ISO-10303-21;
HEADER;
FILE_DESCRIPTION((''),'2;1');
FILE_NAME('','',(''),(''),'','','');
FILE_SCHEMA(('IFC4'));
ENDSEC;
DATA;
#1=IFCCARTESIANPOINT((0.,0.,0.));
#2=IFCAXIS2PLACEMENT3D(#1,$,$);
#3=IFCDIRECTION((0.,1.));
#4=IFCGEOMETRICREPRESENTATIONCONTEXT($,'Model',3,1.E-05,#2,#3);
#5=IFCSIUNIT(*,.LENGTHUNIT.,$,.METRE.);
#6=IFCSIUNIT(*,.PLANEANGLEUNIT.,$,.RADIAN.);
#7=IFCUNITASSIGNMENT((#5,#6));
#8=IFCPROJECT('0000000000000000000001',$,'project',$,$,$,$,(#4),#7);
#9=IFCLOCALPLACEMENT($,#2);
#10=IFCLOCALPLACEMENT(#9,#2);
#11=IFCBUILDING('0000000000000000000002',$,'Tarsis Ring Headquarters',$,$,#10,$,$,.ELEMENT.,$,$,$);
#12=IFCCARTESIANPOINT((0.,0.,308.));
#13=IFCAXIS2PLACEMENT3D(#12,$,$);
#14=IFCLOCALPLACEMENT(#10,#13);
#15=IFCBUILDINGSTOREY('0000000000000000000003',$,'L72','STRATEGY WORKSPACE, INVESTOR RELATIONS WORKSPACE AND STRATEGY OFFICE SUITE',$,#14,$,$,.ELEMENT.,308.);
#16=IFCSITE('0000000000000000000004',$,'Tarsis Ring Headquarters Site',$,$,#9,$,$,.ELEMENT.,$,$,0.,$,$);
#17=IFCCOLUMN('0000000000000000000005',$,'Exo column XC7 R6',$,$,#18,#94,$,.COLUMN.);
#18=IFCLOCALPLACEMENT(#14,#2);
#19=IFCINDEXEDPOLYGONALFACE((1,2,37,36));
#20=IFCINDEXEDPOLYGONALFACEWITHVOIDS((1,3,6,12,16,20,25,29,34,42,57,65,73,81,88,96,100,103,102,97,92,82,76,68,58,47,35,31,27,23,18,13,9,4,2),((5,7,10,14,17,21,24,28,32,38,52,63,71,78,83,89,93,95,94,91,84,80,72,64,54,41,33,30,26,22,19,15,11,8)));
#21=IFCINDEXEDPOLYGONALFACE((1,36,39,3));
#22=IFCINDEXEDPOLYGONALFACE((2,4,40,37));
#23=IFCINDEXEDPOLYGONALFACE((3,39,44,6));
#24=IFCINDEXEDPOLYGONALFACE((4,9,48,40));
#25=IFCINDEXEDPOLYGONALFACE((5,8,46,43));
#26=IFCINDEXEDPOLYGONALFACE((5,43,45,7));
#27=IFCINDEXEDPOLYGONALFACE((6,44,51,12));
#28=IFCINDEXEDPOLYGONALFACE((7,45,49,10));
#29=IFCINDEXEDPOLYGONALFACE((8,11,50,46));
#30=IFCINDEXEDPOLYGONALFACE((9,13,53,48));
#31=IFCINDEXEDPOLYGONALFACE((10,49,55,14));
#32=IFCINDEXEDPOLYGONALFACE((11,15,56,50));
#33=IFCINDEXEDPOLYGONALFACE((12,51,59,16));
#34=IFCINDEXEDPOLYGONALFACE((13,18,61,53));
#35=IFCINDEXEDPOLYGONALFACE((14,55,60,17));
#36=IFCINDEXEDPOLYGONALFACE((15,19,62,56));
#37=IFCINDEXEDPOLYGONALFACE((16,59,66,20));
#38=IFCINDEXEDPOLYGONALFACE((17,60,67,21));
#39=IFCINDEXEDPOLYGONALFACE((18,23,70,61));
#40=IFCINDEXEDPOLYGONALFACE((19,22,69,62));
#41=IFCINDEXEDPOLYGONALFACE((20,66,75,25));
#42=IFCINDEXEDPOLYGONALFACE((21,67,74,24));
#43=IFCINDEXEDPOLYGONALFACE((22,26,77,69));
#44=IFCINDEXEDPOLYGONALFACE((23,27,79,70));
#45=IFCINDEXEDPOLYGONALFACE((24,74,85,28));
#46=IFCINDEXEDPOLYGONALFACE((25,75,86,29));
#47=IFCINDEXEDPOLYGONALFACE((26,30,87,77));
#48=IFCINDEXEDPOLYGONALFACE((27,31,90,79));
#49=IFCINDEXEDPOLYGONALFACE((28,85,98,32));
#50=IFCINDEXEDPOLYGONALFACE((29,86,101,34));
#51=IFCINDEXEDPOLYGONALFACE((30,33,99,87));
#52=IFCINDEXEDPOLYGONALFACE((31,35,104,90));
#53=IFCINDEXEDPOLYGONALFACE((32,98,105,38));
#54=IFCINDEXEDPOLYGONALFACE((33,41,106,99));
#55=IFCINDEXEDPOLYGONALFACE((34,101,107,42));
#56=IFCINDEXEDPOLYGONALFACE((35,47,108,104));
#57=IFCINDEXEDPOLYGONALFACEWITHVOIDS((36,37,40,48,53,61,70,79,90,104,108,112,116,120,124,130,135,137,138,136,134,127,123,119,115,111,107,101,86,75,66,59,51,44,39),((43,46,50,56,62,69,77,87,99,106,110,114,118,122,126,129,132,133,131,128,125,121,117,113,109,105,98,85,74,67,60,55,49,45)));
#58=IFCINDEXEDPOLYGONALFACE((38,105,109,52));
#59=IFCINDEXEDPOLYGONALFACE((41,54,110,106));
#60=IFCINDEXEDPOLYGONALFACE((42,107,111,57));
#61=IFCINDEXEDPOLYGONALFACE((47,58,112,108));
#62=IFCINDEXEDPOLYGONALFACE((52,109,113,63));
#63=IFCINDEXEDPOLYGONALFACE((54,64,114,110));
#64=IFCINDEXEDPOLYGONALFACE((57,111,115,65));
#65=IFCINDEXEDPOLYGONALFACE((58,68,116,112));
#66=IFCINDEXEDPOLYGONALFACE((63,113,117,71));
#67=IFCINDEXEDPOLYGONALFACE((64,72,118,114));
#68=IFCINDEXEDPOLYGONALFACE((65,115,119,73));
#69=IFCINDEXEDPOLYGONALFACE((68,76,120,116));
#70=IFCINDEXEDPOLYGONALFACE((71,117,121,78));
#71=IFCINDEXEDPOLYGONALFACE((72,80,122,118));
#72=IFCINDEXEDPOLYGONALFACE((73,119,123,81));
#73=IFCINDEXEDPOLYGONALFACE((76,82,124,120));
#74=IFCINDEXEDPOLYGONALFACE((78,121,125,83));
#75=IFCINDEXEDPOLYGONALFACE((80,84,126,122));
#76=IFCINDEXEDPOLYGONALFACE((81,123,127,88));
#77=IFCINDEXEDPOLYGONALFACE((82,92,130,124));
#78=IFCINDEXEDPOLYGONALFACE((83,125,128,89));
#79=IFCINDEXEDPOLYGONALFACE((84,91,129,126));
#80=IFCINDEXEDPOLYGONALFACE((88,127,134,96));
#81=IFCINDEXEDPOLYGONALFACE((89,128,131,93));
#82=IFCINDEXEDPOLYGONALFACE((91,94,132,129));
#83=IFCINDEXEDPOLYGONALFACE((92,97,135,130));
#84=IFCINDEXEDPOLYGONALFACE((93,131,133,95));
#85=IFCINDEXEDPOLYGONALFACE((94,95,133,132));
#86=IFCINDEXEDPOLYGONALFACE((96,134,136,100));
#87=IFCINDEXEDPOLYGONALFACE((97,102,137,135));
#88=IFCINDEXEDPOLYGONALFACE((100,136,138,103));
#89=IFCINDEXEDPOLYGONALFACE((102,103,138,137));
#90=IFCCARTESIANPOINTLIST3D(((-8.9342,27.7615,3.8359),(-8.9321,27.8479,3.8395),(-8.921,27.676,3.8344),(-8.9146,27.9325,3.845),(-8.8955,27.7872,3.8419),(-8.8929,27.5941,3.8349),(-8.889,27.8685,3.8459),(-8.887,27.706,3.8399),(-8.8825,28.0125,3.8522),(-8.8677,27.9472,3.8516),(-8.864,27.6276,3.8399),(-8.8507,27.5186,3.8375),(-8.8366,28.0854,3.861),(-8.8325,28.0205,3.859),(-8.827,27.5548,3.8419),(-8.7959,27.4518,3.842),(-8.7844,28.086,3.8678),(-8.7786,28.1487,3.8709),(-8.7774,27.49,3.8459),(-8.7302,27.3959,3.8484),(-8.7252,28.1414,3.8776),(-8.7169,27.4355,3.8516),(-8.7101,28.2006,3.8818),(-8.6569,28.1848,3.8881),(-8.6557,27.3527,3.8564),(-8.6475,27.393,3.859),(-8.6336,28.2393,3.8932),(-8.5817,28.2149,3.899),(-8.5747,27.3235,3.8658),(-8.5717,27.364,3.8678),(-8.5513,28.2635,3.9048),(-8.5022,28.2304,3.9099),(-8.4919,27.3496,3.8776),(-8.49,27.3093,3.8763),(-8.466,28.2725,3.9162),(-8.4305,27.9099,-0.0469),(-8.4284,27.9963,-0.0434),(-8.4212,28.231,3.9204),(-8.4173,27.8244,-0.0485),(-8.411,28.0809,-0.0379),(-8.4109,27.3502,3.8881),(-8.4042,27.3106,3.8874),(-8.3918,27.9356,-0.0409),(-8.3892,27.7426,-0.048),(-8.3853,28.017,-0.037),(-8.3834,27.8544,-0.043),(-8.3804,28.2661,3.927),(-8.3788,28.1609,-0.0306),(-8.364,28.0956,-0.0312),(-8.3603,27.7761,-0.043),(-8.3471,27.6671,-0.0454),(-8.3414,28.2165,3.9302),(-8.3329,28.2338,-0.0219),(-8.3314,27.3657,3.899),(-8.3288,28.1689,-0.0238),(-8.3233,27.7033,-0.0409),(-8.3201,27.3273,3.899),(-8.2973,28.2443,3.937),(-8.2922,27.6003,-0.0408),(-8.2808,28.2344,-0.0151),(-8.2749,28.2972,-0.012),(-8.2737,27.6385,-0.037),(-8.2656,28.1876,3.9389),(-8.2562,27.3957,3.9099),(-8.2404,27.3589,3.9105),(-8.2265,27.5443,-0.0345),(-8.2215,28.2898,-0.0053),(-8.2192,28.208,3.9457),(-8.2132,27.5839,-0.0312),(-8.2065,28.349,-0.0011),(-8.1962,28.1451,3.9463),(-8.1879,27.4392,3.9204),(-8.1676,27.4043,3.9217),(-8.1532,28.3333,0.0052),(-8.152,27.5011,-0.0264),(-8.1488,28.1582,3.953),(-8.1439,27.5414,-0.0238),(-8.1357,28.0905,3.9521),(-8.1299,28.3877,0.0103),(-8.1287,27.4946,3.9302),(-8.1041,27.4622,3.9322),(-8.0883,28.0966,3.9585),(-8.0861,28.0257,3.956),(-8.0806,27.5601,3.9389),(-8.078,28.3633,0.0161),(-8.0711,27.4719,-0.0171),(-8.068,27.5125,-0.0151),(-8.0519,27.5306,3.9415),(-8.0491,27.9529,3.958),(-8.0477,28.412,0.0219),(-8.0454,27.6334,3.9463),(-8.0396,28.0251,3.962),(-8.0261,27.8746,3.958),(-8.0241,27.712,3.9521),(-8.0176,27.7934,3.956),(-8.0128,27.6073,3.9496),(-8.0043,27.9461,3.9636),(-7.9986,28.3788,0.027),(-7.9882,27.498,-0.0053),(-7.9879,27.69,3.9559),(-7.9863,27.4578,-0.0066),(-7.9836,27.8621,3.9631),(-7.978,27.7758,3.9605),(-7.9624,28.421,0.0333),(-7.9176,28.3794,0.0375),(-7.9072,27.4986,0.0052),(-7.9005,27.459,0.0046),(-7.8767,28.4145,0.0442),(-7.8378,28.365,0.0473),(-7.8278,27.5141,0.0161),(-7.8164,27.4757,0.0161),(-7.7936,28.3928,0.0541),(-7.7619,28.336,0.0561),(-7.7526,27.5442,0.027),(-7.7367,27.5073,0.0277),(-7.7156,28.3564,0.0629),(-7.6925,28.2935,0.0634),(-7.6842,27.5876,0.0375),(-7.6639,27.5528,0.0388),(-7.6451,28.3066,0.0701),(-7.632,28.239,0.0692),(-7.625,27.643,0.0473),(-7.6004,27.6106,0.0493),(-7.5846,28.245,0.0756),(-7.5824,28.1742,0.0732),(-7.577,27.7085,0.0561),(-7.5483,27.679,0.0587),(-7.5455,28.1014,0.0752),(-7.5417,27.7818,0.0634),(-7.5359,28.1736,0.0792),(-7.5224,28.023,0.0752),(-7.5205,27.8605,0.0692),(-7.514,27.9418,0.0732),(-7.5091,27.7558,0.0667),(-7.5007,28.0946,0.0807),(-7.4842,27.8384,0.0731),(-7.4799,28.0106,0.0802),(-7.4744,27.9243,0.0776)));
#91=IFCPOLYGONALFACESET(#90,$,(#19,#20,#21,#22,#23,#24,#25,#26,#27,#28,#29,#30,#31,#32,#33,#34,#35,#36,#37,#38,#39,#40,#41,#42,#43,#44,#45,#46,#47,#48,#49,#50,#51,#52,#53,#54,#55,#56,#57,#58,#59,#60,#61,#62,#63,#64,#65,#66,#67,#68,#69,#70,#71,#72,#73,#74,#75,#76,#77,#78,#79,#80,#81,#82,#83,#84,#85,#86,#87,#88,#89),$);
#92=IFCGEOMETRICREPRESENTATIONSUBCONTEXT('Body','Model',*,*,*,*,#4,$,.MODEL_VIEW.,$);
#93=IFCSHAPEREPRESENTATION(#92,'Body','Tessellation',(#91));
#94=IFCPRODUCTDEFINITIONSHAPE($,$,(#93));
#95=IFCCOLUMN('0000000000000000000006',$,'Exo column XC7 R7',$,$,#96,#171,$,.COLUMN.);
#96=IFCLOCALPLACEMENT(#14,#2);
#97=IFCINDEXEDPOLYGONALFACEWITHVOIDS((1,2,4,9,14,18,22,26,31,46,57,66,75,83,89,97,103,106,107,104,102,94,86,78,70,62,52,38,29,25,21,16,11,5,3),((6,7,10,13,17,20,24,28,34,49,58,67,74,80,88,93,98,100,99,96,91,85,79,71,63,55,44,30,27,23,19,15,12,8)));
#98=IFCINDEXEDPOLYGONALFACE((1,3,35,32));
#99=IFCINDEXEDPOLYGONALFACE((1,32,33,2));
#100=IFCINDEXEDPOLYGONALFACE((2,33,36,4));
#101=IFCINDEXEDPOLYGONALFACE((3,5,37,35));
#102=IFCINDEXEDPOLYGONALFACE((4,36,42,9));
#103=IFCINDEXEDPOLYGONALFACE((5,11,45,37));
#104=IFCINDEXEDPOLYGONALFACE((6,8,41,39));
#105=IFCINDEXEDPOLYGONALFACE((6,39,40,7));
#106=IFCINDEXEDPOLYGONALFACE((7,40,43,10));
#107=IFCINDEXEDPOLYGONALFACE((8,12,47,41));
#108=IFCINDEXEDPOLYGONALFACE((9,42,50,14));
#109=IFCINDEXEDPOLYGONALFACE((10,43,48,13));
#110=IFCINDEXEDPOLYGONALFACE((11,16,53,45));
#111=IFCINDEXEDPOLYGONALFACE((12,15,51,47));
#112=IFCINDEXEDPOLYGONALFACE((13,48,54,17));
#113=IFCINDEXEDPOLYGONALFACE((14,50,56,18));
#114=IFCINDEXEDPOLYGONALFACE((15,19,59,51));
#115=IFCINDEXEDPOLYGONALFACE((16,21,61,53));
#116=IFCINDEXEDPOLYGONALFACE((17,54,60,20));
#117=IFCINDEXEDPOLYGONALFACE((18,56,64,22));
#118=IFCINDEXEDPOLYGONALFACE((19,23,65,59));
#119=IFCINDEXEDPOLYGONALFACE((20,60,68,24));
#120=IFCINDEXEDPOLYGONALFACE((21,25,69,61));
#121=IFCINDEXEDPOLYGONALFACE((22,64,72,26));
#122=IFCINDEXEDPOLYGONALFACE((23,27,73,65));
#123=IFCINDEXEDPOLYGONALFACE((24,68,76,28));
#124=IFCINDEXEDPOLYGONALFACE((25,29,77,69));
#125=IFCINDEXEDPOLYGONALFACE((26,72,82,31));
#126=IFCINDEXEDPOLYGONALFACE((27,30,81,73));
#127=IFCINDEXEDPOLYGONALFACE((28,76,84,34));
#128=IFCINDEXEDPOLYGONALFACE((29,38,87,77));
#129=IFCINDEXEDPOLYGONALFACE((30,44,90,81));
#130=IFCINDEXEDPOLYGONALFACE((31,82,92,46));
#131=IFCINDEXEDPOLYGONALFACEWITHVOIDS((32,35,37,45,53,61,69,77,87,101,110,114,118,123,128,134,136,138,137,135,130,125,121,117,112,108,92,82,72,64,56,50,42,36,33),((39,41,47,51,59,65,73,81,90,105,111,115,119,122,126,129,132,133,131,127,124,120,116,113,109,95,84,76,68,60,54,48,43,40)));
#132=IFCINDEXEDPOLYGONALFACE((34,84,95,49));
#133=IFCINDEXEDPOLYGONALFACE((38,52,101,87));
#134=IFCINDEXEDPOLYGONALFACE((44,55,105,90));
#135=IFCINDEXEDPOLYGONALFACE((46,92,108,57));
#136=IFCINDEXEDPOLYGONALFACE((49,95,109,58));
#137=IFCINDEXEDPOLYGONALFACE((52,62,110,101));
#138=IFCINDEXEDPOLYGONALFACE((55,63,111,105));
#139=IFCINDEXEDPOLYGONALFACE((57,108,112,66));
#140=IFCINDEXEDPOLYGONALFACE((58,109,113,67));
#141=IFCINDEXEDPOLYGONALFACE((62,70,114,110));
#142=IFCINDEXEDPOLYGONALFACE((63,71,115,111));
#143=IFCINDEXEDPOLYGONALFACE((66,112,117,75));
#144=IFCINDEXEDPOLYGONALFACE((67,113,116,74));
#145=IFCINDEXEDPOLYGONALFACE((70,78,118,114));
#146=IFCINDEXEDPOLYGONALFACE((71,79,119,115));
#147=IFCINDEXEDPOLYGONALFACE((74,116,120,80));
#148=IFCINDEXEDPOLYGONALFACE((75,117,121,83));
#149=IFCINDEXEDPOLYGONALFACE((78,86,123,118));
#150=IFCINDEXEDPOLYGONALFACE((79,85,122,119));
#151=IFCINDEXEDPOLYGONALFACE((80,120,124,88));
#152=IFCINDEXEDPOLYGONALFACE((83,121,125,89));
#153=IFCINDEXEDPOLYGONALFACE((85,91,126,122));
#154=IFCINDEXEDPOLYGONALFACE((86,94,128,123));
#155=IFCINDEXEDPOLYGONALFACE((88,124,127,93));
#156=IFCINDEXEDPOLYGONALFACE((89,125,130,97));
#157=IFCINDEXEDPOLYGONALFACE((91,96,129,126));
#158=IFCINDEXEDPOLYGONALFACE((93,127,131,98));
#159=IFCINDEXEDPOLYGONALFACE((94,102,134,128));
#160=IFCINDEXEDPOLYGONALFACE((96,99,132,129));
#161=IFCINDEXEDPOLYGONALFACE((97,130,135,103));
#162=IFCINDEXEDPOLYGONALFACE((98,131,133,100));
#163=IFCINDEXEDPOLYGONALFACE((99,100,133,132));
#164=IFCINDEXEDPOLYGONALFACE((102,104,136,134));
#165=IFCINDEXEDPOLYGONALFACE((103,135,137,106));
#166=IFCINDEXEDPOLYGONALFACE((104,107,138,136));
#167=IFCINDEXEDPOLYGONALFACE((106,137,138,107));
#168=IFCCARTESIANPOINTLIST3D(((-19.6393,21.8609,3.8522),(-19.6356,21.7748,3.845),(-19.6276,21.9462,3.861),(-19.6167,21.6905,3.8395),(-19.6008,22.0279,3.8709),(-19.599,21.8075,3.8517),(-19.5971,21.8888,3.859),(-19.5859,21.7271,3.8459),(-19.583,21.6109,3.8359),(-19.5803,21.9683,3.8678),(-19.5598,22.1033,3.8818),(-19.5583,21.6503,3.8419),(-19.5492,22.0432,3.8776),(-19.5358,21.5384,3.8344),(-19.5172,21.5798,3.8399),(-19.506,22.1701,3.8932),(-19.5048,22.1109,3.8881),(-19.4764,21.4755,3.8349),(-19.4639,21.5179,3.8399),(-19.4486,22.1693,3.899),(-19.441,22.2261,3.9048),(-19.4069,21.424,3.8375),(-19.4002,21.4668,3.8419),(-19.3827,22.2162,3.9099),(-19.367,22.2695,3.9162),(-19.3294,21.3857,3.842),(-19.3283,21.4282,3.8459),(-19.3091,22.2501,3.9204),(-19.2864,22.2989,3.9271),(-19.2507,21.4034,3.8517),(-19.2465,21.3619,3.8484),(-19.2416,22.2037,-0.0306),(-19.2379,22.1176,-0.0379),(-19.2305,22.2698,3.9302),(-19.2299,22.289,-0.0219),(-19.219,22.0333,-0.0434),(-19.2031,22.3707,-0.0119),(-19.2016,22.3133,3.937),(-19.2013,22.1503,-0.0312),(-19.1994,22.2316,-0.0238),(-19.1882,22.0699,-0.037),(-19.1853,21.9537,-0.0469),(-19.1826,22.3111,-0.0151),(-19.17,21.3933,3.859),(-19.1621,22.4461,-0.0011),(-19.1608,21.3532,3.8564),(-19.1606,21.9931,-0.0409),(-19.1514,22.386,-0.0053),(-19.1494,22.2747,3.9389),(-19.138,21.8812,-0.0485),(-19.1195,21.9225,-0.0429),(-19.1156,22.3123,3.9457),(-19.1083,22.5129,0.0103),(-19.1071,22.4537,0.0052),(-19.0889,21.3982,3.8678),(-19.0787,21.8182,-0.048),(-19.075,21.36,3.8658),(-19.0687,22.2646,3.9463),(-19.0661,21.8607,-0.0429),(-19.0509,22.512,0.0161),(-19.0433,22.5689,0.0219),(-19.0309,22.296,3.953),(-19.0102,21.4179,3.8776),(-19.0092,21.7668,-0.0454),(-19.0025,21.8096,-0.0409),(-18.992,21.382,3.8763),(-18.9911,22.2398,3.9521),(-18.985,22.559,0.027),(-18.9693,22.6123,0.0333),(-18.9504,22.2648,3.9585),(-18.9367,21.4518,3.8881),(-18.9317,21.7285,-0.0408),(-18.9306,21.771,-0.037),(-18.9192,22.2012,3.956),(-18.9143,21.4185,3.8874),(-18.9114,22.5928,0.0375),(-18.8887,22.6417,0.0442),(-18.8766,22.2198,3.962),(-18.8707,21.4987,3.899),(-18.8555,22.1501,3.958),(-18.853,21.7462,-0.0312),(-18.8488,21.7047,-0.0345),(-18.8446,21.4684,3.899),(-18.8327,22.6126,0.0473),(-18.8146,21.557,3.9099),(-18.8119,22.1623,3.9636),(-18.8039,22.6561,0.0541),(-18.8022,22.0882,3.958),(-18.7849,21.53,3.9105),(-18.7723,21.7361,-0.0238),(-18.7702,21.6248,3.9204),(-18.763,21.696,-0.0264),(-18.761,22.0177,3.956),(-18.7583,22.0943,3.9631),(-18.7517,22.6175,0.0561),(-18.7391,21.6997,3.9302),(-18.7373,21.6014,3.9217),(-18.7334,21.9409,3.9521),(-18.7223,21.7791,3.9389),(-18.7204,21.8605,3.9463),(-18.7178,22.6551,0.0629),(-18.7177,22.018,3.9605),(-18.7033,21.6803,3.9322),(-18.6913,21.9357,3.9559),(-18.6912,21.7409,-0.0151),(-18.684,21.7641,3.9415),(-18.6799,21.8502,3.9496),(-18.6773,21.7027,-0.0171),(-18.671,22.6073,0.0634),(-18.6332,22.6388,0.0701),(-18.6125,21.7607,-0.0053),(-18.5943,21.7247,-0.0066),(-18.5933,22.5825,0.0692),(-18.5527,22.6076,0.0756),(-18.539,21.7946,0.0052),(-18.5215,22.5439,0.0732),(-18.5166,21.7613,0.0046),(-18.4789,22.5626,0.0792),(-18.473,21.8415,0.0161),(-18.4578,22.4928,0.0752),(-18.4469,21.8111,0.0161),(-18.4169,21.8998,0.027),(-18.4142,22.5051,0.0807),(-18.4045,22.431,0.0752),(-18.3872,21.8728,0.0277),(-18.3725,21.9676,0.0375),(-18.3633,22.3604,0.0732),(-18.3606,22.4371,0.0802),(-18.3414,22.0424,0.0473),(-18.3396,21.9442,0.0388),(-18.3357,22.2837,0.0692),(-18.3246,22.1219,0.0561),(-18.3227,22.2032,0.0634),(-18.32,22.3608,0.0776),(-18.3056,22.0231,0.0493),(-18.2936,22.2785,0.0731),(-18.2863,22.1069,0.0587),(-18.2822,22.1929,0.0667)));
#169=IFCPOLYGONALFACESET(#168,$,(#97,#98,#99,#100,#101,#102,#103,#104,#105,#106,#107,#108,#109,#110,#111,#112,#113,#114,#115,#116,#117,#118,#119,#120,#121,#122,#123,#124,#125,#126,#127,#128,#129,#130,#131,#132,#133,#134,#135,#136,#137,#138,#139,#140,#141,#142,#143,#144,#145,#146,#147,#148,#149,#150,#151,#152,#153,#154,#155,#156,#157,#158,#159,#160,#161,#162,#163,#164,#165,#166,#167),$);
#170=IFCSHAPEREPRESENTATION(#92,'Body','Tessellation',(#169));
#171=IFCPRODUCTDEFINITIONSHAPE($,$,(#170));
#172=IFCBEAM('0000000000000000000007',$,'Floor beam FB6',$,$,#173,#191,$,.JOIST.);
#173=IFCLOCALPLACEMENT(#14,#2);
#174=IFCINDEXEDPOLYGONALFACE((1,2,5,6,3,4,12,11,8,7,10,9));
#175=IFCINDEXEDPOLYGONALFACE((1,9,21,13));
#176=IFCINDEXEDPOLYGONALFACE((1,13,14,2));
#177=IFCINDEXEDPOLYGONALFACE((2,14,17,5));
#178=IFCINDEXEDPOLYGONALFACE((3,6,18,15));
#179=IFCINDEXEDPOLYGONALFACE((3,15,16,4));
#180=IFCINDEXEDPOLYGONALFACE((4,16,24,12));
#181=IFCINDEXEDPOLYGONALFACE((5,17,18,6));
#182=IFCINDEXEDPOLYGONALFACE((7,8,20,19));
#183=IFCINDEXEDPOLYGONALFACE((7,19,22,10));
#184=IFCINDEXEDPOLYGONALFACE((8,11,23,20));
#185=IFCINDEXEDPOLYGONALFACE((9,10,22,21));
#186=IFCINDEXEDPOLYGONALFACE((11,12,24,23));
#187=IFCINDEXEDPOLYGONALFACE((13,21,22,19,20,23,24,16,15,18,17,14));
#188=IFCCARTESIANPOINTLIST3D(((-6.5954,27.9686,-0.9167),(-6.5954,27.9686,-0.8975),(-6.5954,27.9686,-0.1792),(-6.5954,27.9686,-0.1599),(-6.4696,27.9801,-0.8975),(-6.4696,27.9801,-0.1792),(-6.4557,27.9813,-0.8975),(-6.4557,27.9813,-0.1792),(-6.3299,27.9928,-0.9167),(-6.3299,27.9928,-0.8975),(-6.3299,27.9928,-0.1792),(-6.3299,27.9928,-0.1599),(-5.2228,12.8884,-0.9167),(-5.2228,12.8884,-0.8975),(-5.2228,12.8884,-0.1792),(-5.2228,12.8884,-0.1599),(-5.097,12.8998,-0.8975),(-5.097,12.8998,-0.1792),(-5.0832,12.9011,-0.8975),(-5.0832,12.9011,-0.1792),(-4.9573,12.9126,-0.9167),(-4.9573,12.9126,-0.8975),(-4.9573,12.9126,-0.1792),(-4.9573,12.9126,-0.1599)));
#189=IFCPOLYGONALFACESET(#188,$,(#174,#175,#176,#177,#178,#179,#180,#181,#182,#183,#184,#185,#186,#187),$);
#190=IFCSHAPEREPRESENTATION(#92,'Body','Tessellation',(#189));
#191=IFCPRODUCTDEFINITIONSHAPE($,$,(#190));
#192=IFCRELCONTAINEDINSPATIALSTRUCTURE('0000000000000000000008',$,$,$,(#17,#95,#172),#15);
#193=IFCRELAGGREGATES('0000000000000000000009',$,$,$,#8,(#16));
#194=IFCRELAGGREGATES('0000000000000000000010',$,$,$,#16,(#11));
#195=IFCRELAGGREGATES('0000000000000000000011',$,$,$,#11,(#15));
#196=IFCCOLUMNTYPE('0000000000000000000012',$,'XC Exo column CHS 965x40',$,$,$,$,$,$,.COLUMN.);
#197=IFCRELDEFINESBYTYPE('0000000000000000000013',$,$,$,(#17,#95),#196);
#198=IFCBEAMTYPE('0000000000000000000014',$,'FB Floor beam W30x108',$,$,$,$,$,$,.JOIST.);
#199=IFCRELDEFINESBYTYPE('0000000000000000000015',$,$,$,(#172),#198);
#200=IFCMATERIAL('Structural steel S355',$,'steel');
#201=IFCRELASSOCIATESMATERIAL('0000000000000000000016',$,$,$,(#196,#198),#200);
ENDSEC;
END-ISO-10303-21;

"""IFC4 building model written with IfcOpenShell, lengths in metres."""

from ifc_helpers import new_model, si_unit, direction, frame, origin, origin_2d, place, context, subcontext, project, spatial, hollow_circle, i_section, extrude, material, material_profile, profile_set, type_object, element, save


model = new_model("IFC4")

# Units and contexts
model_context = context("Model", 3, precision=1e-05, world=origin(), true_north=direction((0.0, 1.0)))
body_context = subcontext(model_context, "Body", "Model", "MODEL_VIEW")
ifc_project = project(units=[si_unit("LENGTHUNIT", "METRE"), si_unit("PLANEANGLEUNIT", "RADIAN")], contexts=[model_context])

# Site, building, storey
site_placement = place(None, origin())
site = spatial("IfcSite", under=ifc_project, at=site_placement, Name="Tarsis Ring Headquarters Site", CompositionType="ELEMENT", RefElevation=0.0)
building_placement = place(site_placement, origin())
building = spatial("IfcBuilding", under=site, at=building_placement, Name="Tarsis Ring Headquarters", CompositionType="ELEMENT")
storey_placement = place(building_placement, frame((0.0, 0.0, 308.0)))
storey = spatial("IfcBuildingStorey", under=building, at=storey_placement, Name="L72", Description="STRATEGY WORKSPACE, INVESTOR RELATIONS WORKSPACE AND STRATEGY OFFICE SUITE", CompositionType="ELEMENT", Elevation=308.0)

# Columns
ifc_material_1 = material(Name="Structural steel S355", Category="steel")
ifc_material_profile_1 = material_profile(ifc_material_1, hollow_circle(Radius=0.4827, WallThickness=0.04, at=origin_2d()), Name="CHS 965x40")
ifc_profile_set_1 = profile_set([ifc_material_profile_1], Name="Structural steel S355")
column_type = type_object("IfcColumnType", Name="XC Exo column CHS 965x40", PredefinedType="COLUMN", material=ifc_profile_set_1)
for number, where, z_axis, x_axis, name in (
    (1, (-7.9529, 27.9387, 0.0161), (-0.128546, -0.037885, 0.99098), (0.282695, -0.95921, 0.0), "Exo column XC7 R6"),
    (2, (-18.762, 22.1768, 0.0161), (-0.101503, -0.087484, 0.990981), (0.652857, -0.757481, 0.0), "Exo column XC7 R7"),
):
    element("IfcColumn", number, at=place(storey_placement, frame(where, z_axis=z_axis, x_axis=x_axis)), inside=storey, type_object=column_type, Name=name, PredefinedType="COLUMN", context=body_context, shape_type="SweptSolid", body=[
        extrude(hollow_circle(Radius=0.4827, WallThickness=0.04, at=origin_2d()), origin(), (0.0, 0.0, 1.0), 3.9182),
    ])

# Beam
ifc_material_profile_2 = material_profile(ifc_material_1, i_section(OverallWidth=0.2666, OverallDepth=0.7568, WebThickness=0.0139, FlangeThickness=0.0193, at=origin_2d()), Name="W30x108")
ifc_profile_set_2 = profile_set([ifc_material_profile_2], Name="Structural steel S355")
beam_type_1 = type_object("IfcBeamType", Name="FB Floor beam W30x108", PredefinedType="JOIST", material=ifc_profile_set_2)
beam_1_placement = place(storey_placement, frame((-6.4626, 27.9807, -0.5383), z_axis=(0.090642, -0.995884, 0.0), x_axis=(0.995884, 0.090642, 0.0)))
element("IfcBeam", 3, at=beam_1_placement, inside=storey, type_object=beam_type_1, Name="Floor beam FB6", PredefinedType="JOIST", context=body_context, shape_type="SweptSolid", body=[
    extrude(i_section(OverallWidth=0.2666, OverallDepth=0.7568, WebThickness=0.0139, FlangeThickness=0.0193, at=origin_2d()), origin(), (0.0, 0.0, 1.0), 15.1426),
])

save(model, "model.ifc")
